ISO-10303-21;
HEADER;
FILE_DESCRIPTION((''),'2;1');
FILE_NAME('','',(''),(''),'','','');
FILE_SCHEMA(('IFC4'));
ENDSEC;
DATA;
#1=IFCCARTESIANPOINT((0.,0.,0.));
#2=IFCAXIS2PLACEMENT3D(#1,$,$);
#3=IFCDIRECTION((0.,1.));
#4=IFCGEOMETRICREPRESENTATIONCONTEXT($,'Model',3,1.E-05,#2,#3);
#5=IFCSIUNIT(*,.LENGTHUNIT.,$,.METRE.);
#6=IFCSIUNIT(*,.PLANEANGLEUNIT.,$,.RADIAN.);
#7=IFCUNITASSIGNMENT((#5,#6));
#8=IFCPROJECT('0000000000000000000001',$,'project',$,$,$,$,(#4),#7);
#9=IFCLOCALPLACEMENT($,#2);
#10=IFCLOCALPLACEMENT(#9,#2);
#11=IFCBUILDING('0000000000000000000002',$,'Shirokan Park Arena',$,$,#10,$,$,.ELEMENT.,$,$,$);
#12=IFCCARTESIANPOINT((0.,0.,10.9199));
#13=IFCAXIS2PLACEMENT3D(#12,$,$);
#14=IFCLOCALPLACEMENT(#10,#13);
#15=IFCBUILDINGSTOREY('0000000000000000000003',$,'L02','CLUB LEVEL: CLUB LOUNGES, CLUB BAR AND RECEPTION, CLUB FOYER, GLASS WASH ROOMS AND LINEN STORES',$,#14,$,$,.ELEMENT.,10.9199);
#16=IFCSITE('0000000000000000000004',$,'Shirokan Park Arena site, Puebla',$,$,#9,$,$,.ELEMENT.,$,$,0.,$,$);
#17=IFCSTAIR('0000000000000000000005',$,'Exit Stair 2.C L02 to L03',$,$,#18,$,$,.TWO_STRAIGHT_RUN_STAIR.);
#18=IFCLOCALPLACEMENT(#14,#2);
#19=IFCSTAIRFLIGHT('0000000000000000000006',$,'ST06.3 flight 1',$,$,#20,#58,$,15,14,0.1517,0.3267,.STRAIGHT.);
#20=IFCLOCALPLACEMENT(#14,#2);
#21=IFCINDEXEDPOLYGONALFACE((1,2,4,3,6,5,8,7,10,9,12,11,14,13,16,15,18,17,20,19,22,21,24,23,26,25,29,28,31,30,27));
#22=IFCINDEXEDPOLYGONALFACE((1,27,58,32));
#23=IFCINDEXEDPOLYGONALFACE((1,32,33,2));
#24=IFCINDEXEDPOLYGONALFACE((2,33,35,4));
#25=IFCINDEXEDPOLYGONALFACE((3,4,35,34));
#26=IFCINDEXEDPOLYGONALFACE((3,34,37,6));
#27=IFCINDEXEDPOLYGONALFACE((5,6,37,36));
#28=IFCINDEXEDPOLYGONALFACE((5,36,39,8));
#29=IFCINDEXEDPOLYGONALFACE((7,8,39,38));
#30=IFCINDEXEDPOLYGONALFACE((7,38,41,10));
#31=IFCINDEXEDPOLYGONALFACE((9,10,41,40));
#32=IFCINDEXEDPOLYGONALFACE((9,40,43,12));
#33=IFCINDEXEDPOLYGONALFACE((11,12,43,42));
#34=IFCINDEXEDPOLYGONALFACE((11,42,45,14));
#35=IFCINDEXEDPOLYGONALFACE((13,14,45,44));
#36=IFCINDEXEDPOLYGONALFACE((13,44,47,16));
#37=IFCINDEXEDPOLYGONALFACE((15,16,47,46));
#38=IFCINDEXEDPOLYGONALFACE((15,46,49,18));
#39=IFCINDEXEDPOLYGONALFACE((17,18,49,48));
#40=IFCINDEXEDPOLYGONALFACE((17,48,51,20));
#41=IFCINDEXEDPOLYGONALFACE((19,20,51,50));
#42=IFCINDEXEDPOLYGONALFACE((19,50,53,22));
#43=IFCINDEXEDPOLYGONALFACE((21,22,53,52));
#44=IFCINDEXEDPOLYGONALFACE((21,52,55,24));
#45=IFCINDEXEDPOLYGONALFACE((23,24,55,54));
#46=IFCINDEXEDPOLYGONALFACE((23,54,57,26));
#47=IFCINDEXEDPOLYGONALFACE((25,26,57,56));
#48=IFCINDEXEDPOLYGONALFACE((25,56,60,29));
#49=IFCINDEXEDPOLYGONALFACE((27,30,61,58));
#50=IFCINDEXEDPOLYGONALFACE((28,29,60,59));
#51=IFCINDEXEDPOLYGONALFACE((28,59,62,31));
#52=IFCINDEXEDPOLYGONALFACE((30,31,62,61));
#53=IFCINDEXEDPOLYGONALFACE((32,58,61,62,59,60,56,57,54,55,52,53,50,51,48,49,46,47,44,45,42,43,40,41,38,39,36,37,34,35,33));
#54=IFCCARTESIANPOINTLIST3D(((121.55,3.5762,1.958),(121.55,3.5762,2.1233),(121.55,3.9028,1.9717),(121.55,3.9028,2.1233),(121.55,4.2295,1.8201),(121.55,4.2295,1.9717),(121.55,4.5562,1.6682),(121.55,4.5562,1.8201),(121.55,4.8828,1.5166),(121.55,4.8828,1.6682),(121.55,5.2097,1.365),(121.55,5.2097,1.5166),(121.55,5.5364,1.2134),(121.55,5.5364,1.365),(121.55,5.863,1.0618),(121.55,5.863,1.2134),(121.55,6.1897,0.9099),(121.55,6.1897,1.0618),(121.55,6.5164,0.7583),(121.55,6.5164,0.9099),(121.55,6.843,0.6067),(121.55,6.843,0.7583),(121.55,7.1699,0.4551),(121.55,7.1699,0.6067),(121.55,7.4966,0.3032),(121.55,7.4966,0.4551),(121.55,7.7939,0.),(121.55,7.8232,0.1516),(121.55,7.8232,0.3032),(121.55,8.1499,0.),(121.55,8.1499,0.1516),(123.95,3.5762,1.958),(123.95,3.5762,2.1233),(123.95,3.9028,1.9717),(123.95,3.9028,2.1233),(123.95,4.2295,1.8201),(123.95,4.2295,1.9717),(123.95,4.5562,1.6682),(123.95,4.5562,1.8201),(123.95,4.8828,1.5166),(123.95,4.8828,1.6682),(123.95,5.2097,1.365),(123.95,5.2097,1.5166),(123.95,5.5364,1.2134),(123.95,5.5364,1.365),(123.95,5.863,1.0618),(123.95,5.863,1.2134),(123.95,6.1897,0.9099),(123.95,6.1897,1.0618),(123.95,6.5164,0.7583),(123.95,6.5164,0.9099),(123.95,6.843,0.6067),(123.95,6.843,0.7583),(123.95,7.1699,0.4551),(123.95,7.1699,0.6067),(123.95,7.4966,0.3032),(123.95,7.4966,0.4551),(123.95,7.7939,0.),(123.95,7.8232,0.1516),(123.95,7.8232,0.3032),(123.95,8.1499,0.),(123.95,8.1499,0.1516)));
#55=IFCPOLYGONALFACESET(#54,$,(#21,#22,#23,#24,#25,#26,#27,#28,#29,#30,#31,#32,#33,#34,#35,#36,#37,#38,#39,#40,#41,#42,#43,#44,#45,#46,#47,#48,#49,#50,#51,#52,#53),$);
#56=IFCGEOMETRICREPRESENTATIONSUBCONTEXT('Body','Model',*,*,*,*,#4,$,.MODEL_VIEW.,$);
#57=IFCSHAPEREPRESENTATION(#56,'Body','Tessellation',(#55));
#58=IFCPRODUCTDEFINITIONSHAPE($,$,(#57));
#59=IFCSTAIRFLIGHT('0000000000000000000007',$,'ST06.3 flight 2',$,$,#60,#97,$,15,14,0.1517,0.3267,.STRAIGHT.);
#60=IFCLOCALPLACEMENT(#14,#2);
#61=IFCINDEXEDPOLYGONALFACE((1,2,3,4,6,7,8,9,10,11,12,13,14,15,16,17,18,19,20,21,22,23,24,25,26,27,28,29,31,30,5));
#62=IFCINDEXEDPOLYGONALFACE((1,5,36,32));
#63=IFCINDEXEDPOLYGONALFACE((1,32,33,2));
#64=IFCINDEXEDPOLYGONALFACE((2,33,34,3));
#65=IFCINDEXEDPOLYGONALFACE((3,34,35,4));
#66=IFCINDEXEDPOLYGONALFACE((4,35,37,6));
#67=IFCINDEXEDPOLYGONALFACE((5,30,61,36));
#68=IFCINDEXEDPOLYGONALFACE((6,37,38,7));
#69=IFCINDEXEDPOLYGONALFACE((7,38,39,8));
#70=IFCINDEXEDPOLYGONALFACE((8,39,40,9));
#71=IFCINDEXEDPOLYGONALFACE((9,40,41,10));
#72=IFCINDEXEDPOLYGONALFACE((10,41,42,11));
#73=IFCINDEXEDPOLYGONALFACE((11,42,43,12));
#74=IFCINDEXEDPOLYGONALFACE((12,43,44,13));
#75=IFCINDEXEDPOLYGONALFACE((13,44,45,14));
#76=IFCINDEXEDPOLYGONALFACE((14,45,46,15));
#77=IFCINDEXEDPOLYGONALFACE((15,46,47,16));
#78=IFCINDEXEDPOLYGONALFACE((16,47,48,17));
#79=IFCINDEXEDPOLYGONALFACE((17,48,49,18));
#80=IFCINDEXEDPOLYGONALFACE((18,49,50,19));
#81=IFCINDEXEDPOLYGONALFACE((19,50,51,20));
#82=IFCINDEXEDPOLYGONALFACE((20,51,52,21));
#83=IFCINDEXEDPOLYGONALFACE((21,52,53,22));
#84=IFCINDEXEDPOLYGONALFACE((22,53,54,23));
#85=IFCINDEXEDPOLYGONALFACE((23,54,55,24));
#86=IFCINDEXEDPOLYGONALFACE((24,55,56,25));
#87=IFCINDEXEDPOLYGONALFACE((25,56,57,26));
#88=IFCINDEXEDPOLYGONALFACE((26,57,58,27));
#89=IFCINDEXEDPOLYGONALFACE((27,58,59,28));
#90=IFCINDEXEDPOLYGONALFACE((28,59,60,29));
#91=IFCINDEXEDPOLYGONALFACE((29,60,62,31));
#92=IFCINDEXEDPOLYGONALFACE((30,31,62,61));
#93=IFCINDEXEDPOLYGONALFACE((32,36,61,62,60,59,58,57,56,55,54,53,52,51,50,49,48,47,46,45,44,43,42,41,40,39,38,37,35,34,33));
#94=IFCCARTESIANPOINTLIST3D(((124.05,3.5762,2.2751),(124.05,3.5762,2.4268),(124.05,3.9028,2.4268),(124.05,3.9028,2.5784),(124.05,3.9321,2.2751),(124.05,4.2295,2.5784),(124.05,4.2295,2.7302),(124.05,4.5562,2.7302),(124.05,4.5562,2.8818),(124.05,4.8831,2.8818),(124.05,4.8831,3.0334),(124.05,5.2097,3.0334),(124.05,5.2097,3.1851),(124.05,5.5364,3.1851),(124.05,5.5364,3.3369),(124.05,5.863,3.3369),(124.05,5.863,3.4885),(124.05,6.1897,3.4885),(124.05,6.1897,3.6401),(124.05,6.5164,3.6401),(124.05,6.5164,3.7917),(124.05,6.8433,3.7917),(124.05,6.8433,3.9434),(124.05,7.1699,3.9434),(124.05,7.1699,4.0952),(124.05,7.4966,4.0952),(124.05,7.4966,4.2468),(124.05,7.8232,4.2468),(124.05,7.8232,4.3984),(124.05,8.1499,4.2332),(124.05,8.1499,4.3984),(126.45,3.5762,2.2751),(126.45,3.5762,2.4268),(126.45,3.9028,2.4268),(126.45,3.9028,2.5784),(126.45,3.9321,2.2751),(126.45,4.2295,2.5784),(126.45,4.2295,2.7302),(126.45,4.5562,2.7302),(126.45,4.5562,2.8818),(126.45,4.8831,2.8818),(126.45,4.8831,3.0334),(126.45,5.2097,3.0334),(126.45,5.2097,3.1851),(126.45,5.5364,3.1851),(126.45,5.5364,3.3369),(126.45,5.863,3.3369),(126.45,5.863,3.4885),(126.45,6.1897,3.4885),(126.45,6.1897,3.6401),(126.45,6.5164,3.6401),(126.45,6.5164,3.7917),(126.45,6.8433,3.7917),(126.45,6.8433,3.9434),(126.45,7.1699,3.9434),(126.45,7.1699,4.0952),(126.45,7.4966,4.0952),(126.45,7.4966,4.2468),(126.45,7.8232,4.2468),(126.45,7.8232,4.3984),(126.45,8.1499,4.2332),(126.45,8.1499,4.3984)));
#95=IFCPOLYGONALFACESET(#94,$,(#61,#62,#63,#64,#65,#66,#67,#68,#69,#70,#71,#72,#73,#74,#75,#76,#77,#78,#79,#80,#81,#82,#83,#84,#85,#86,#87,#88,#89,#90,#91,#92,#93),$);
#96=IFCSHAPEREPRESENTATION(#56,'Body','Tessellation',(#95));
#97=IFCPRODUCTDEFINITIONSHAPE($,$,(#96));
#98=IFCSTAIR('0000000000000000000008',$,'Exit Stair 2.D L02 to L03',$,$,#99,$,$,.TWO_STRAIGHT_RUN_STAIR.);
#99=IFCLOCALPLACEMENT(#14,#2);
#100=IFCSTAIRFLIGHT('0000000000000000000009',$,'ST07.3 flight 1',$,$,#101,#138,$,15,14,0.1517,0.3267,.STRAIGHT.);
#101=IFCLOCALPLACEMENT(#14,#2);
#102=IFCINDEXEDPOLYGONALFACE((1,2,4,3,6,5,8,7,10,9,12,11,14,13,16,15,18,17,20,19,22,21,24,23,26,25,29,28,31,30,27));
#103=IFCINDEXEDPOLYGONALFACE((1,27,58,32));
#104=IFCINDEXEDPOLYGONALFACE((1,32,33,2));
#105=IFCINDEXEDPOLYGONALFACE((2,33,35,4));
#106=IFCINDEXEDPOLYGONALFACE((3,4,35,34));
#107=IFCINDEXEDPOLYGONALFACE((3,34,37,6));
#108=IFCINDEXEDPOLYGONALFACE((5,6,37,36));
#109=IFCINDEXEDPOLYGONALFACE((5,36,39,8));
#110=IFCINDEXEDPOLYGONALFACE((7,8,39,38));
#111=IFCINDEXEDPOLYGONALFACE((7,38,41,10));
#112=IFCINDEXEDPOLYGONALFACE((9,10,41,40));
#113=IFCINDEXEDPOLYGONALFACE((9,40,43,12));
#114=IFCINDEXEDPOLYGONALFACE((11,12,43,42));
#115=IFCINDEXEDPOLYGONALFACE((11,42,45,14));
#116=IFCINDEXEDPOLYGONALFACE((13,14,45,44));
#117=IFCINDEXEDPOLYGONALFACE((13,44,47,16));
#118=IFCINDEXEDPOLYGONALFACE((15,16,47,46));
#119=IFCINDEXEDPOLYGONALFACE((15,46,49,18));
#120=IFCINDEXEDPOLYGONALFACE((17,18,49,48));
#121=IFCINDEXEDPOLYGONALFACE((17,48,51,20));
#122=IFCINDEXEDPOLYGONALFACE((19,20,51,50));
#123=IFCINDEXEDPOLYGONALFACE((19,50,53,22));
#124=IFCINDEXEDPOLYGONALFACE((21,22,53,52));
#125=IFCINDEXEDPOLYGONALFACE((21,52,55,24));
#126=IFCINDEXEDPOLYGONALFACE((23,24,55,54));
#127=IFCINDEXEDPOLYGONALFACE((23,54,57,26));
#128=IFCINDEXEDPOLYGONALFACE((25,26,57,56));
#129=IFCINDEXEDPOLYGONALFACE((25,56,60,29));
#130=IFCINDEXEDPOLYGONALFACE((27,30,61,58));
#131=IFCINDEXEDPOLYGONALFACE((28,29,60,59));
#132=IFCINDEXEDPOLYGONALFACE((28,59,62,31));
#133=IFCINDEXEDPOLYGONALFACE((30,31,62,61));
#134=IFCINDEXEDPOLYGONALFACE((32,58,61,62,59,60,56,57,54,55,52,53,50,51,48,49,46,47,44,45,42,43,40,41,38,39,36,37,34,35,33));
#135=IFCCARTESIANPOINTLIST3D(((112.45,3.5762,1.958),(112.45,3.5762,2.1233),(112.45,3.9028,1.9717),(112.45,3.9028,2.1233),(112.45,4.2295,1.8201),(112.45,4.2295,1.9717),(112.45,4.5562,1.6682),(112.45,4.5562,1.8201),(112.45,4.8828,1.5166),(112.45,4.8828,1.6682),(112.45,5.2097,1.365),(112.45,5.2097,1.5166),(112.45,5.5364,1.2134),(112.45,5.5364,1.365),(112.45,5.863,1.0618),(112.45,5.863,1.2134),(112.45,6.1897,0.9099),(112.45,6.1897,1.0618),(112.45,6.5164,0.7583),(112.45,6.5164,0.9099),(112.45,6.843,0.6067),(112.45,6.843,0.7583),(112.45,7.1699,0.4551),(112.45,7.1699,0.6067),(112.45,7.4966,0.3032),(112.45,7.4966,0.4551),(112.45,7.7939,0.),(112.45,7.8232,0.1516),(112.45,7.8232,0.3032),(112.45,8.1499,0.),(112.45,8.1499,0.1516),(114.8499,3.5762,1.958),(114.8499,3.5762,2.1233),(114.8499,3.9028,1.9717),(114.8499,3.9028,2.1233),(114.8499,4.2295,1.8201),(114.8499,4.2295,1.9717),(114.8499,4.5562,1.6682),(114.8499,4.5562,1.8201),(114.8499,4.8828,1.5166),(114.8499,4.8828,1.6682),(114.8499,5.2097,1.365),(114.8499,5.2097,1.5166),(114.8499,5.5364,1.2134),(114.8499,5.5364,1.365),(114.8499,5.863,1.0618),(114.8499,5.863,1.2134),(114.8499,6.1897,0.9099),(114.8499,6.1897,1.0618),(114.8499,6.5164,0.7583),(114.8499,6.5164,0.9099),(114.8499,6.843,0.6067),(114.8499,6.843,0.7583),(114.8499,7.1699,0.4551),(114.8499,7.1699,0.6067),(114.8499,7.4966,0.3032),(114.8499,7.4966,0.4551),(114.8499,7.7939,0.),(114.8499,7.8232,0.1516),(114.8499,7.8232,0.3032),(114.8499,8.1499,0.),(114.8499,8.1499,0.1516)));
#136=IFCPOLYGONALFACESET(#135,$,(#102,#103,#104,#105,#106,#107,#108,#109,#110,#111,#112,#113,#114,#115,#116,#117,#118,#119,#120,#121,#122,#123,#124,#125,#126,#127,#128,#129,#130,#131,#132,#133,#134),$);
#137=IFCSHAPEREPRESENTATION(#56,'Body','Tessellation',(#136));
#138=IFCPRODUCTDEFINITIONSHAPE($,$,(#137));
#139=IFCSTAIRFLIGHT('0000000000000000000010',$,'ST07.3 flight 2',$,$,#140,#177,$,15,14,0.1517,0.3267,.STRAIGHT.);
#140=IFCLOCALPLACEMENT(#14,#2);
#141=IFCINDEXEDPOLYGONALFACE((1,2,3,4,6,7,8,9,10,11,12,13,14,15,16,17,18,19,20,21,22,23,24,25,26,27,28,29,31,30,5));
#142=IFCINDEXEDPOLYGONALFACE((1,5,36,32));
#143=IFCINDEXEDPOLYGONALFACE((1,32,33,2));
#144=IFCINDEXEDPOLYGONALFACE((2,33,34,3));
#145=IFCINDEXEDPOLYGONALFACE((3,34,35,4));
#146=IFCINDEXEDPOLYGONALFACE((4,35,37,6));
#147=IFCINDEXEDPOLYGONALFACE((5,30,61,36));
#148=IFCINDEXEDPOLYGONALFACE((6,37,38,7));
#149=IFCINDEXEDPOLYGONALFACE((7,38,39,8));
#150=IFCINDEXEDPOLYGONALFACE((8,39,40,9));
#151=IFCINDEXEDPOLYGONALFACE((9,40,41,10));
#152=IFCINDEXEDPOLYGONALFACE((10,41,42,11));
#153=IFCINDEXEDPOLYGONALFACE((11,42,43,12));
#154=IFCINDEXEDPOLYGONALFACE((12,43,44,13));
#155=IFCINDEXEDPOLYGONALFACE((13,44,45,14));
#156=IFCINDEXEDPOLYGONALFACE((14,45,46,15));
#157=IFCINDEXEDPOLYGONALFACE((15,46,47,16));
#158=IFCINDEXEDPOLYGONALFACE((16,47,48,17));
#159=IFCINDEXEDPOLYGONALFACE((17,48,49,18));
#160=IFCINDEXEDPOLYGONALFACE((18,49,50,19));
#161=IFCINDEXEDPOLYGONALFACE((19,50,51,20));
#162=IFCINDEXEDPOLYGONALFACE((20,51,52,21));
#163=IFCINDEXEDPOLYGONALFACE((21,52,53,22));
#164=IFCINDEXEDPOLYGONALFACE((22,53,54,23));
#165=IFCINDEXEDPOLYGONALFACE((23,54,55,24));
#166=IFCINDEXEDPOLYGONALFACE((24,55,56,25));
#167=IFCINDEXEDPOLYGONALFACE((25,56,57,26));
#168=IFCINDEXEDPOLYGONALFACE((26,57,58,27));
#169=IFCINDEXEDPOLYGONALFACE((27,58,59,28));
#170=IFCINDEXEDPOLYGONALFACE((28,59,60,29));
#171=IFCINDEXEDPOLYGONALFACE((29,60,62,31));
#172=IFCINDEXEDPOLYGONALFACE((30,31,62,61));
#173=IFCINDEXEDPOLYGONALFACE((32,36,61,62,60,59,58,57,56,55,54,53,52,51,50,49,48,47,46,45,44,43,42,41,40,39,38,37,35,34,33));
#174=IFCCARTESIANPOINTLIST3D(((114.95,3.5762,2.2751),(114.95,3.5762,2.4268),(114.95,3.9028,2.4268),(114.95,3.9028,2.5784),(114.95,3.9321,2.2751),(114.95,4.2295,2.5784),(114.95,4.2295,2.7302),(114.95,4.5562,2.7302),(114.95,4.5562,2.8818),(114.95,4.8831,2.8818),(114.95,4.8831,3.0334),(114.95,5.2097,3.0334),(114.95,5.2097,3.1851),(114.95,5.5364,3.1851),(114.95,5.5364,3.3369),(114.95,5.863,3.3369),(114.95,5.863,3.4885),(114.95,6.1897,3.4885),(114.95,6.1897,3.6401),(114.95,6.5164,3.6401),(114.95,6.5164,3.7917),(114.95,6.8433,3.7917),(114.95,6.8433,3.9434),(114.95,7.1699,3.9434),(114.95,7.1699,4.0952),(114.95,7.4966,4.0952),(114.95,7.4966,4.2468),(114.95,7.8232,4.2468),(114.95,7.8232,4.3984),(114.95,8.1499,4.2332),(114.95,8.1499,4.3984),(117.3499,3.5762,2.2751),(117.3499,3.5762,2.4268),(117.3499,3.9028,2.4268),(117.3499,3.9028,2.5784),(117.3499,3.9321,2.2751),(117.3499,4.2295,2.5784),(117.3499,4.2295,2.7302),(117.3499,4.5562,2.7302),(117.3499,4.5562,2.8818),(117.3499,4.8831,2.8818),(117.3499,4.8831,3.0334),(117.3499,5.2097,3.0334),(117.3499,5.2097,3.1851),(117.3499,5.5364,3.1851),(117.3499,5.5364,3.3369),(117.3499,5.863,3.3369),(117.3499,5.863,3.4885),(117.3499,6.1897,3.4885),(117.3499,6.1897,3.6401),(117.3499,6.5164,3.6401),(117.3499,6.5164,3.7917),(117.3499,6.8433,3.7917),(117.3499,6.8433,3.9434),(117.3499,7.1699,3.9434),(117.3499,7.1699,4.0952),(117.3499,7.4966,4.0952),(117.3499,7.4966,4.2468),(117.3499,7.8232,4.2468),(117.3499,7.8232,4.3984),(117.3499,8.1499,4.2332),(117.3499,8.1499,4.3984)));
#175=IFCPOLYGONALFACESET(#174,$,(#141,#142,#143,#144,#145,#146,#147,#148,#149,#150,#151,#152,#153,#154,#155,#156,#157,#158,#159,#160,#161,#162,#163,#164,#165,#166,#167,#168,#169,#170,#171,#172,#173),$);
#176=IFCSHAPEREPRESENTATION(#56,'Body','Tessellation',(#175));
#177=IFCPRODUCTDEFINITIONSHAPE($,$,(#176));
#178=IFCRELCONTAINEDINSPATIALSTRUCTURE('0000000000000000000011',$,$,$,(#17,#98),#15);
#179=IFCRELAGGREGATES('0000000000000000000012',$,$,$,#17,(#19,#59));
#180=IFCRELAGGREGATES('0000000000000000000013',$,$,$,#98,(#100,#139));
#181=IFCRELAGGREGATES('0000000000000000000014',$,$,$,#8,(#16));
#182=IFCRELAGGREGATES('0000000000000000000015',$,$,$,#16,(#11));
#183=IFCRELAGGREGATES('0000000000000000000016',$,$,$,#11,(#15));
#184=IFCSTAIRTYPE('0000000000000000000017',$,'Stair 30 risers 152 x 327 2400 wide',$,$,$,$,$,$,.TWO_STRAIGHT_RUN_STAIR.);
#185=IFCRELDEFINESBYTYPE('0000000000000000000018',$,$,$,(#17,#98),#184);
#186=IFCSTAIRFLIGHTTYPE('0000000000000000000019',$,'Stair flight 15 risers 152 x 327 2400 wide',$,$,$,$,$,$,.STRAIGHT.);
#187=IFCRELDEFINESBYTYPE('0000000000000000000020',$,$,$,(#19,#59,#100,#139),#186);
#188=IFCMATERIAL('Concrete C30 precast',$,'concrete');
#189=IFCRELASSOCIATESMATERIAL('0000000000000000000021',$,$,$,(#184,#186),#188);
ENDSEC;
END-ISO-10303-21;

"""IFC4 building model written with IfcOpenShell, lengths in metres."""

from ifc_helpers import new_model, si_unit, direction, frame, origin, place, context, subcontext, project, spatial, polyline, outline, extrude, material, type_object, element, aggregate, save


model = new_model("IFC4")

# Units and contexts
model_context = context("Model", 3, precision=1e-05, world=origin(), true_north=direction((0.0, 1.0)))
body_context = subcontext(model_context, "Body", "Model", "MODEL_VIEW")
ifc_project = project(units=[si_unit("LENGTHUNIT", "METRE"), si_unit("PLANEANGLEUNIT", "RADIAN")], contexts=[model_context])

# Site, building, storey
site_placement = place(None, origin())
site = spatial("IfcSite", under=ifc_project, at=site_placement, Name="Shirokan Park Arena site, Puebla", CompositionType="ELEMENT", RefElevation=0.0)
building_placement = place(site_placement, origin())
building = spatial("IfcBuilding", under=site, at=building_placement, Name="Shirokan Park Arena", CompositionType="ELEMENT")
storey_placement = place(building_placement, frame((0.0, 0.0, 10.9199)))
storey = spatial("IfcBuildingStorey", under=building, at=storey_placement, Name="L02", Description="CLUB LEVEL: CLUB LOUNGES, CLUB BAR AND RECEPTION, CLUB FOYER, GLASS WASH ROOMS AND LINEN STORES", CompositionType="ELEMENT", Elevation=10.9199)

# Stairs, stair flights
ifc_material_1 = material(Name="Concrete C30 precast", Category="concrete")
stair_type = type_object("IfcStairType", Name="Stair 30 risers 152 x 327 2400 wide", PredefinedType="TWO_STRAIGHT_RUN_STAIR", material=ifc_material_1)
stair_1_placement = place(storey_placement, origin())
stair_1 = element("IfcStair", 1, at=stair_1_placement, inside=storey, type_object=stair_type, Name="Exit Stair 2.C L02 to L03", PredefinedType="TWO_STRAIGHT_RUN_STAIR")
stair_flight_type = type_object("IfcStairFlightType", Name="Stair flight 15 risers 152 x 327 2400 wide", PredefinedType="STRAIGHT", material=ifc_material_1)
stair_flight_1_placement = place(storey_placement, frame((122.75, 8.1499, 0.0), z_axis=(0.0, 0.0, 1.0), x_axis=(0.0, -1.0, 0.0)))
stair_flight_1 = element("IfcStairFlight", 2, at=stair_flight_1_placement, type_object=stair_flight_type, Name="ST06.3 flight 1", NumberOfRisers=15, NumberOfTreads=14, PredefinedType="STRAIGHT", RiserHeight=0.1517, TreadLength=0.3267, context=body_context, shape_type="SweptSolid", body=[
    extrude(outline(polyline([(0.0, 0.0), (0.0, 0.1516), (0.3267, 0.1516), (0.3267, 0.3032), (0.6533, 0.3032), (0.6533, 0.4551), (0.98, 0.4551), (0.98, 0.6067), (1.3069, 0.6067), (1.3069, 0.7583), (1.6335, 0.7583), (1.6335, 0.9099), (1.9602, 0.9099), (1.9602, 1.0618), (2.2869, 1.0618), (2.2869, 1.2134), (2.6135, 1.2134), (2.6135, 1.365), (2.9402, 1.365), (2.9402, 1.5166), (3.2671, 1.5166), (3.2671, 1.6682), (3.5938, 1.6682), (3.5938, 1.8201), (3.9204, 1.8201), (3.9204, 1.9717), (4.2471, 1.9717), (4.2471, 2.1233), (4.5737, 2.1233), (4.5737, 2.2749), (4.5737, 1.958), (0.356, 0.0), (0.0, 0.0)])), frame((0.0, 1.2, 0.0), z_axis=(0.0, -1.0, 0.0), x_axis=(1.0, 0.0, 0.0)), (0.0, 0.0, 1.0), 2.3999),
])
stair_flight_2_placement = place(storey_placement, frame((125.25, 3.5762, 2.2751), z_axis=(0.0, 0.0, 1.0), x_axis=(0.0, 1.0, 0.0)))
stair_flight_2 = element("IfcStairFlight", 3, at=stair_flight_2_placement, type_object=stair_flight_type, Name="ST06.3 flight 2", NumberOfRisers=15, NumberOfTreads=14, PredefinedType="STRAIGHT", RiserHeight=0.1517, TreadLength=0.3267, context=body_context, shape_type="SweptSolid", body=[
    extrude(outline(polyline([(0.0, 0.0), (0.0, 0.1516), (0.3267, 0.1516), (0.3267, 0.3032), (0.6533, 0.3032), (0.6533, 0.4551), (0.98, 0.4551), (0.98, 0.6067), (1.3069, 0.6067), (1.3069, 0.7583), (1.6335, 0.7583), (1.6335, 0.9099), (1.9602, 0.9099), (1.9602, 1.0618), (2.2869, 1.0618), (2.2869, 1.2134), (2.6135, 1.2134), (2.6135, 1.365), (2.9402, 1.365), (2.9402, 1.5166), (3.2671, 1.5166), (3.2671, 1.6682), (3.5938, 1.6682), (3.5938, 1.8201), (3.9204, 1.8201), (3.9204, 1.9717), (4.2471, 1.9717), (4.2471, 2.1233), (4.5737, 2.1233), (4.5737, 2.2749), (4.5737, 1.958), (0.356, 0.0), (0.0, 0.0)])), frame((0.0, 1.2, 0.0), z_axis=(0.0, -1.0, 0.0), x_axis=(1.0, 0.0, 0.0)), (0.0, 0.0, 1.0), 2.3999),
])
aggregate(stair_1, [stair_flight_1, stair_flight_2])
stair_2_placement = place(storey_placement, origin())
stair_2 = element("IfcStair", 4, at=stair_2_placement, inside=storey, type_object=stair_type, Name="Exit Stair 2.D L02 to L03", PredefinedType="TWO_STRAIGHT_RUN_STAIR")
stair_flight_3_placement = place(storey_placement, frame((113.6499, 8.1499, 0.0), z_axis=(0.0, 0.0, 1.0), x_axis=(0.0, -1.0, 0.0)))
stair_flight_3 = element("IfcStairFlight", 5, at=stair_flight_3_placement, type_object=stair_flight_type, Name="ST07.3 flight 1", NumberOfRisers=15, NumberOfTreads=14, PredefinedType="STRAIGHT", RiserHeight=0.1517, TreadLength=0.3267, context=body_context, shape_type="SweptSolid", body=[
    extrude(outline(polyline([(0.0, 0.0), (0.0, 0.1516), (0.3267, 0.1516), (0.3267, 0.3032), (0.6533, 0.3032), (0.6533, 0.4551), (0.98, 0.4551), (0.98, 0.6067), (1.3069, 0.6067), (1.3069, 0.7583), (1.6335, 0.7583), (1.6335, 0.9099), (1.9602, 0.9099), (1.9602, 1.0618), (2.2869, 1.0618), (2.2869, 1.2134), (2.6135, 1.2134), (2.6135, 1.365), (2.9402, 1.365), (2.9402, 1.5166), (3.2671, 1.5166), (3.2671, 1.6682), (3.5938, 1.6682), (3.5938, 1.8201), (3.9204, 1.8201), (3.9204, 1.9717), (4.2471, 1.9717), (4.2471, 2.1233), (4.5737, 2.1233), (4.5737, 2.2749), (4.5737, 1.958), (0.356, 0.0), (0.0, 0.0)])), frame((0.0, 1.2, 0.0), z_axis=(0.0, -1.0, 0.0), x_axis=(1.0, 0.0, 0.0)), (0.0, 0.0, 1.0), 2.3999),
])
stair_flight_4_placement = place(storey_placement, frame((116.1499, 3.5762, 2.2751), z_axis=(0.0, 0.0, 1.0), x_axis=(0.0, 1.0, 0.0)))
stair_flight_4 = element("IfcStairFlight", 6, at=stair_flight_4_placement, type_object=stair_flight_type, Name="ST07.3 flight 2", NumberOfRisers=15, NumberOfTreads=14, PredefinedType="STRAIGHT", RiserHeight=0.1517, TreadLength=0.3267, context=body_context, shape_type="SweptSolid", body=[
    extrude(outline(polyline([(0.0, 0.0), (0.0, 0.1516), (0.3267, 0.1516), (0.3267, 0.3032), (0.6533, 0.3032), (0.6533, 0.4551), (0.98, 0.4551), (0.98, 0.6067), (1.3069, 0.6067), (1.3069, 0.7583), (1.6335, 0.7583), (1.6335, 0.9099), (1.9602, 0.9099), (1.9602, 1.0618), (2.2869, 1.0618), (2.2869, 1.2134), (2.6135, 1.2134), (2.6135, 1.365), (2.9402, 1.365), (2.9402, 1.5166), (3.2671, 1.5166), (3.2671, 1.6682), (3.5938, 1.6682), (3.5938, 1.8201), (3.9204, 1.8201), (3.9204, 1.9717), (4.2471, 1.9717), (4.2471, 2.1233), (4.5737, 2.1233), (4.5737, 2.2749), (4.5737, 1.958), (0.356, 0.0), (0.0, 0.0)])), frame((0.0, 1.2, 0.0), z_axis=(0.0, -1.0, 0.0), x_axis=(1.0, 0.0, 0.0)), (0.0, 0.0, 1.0), 2.3999),
])
aggregate(stair_2, [stair_flight_3, stair_flight_4])

save(model, "model.ifc")
